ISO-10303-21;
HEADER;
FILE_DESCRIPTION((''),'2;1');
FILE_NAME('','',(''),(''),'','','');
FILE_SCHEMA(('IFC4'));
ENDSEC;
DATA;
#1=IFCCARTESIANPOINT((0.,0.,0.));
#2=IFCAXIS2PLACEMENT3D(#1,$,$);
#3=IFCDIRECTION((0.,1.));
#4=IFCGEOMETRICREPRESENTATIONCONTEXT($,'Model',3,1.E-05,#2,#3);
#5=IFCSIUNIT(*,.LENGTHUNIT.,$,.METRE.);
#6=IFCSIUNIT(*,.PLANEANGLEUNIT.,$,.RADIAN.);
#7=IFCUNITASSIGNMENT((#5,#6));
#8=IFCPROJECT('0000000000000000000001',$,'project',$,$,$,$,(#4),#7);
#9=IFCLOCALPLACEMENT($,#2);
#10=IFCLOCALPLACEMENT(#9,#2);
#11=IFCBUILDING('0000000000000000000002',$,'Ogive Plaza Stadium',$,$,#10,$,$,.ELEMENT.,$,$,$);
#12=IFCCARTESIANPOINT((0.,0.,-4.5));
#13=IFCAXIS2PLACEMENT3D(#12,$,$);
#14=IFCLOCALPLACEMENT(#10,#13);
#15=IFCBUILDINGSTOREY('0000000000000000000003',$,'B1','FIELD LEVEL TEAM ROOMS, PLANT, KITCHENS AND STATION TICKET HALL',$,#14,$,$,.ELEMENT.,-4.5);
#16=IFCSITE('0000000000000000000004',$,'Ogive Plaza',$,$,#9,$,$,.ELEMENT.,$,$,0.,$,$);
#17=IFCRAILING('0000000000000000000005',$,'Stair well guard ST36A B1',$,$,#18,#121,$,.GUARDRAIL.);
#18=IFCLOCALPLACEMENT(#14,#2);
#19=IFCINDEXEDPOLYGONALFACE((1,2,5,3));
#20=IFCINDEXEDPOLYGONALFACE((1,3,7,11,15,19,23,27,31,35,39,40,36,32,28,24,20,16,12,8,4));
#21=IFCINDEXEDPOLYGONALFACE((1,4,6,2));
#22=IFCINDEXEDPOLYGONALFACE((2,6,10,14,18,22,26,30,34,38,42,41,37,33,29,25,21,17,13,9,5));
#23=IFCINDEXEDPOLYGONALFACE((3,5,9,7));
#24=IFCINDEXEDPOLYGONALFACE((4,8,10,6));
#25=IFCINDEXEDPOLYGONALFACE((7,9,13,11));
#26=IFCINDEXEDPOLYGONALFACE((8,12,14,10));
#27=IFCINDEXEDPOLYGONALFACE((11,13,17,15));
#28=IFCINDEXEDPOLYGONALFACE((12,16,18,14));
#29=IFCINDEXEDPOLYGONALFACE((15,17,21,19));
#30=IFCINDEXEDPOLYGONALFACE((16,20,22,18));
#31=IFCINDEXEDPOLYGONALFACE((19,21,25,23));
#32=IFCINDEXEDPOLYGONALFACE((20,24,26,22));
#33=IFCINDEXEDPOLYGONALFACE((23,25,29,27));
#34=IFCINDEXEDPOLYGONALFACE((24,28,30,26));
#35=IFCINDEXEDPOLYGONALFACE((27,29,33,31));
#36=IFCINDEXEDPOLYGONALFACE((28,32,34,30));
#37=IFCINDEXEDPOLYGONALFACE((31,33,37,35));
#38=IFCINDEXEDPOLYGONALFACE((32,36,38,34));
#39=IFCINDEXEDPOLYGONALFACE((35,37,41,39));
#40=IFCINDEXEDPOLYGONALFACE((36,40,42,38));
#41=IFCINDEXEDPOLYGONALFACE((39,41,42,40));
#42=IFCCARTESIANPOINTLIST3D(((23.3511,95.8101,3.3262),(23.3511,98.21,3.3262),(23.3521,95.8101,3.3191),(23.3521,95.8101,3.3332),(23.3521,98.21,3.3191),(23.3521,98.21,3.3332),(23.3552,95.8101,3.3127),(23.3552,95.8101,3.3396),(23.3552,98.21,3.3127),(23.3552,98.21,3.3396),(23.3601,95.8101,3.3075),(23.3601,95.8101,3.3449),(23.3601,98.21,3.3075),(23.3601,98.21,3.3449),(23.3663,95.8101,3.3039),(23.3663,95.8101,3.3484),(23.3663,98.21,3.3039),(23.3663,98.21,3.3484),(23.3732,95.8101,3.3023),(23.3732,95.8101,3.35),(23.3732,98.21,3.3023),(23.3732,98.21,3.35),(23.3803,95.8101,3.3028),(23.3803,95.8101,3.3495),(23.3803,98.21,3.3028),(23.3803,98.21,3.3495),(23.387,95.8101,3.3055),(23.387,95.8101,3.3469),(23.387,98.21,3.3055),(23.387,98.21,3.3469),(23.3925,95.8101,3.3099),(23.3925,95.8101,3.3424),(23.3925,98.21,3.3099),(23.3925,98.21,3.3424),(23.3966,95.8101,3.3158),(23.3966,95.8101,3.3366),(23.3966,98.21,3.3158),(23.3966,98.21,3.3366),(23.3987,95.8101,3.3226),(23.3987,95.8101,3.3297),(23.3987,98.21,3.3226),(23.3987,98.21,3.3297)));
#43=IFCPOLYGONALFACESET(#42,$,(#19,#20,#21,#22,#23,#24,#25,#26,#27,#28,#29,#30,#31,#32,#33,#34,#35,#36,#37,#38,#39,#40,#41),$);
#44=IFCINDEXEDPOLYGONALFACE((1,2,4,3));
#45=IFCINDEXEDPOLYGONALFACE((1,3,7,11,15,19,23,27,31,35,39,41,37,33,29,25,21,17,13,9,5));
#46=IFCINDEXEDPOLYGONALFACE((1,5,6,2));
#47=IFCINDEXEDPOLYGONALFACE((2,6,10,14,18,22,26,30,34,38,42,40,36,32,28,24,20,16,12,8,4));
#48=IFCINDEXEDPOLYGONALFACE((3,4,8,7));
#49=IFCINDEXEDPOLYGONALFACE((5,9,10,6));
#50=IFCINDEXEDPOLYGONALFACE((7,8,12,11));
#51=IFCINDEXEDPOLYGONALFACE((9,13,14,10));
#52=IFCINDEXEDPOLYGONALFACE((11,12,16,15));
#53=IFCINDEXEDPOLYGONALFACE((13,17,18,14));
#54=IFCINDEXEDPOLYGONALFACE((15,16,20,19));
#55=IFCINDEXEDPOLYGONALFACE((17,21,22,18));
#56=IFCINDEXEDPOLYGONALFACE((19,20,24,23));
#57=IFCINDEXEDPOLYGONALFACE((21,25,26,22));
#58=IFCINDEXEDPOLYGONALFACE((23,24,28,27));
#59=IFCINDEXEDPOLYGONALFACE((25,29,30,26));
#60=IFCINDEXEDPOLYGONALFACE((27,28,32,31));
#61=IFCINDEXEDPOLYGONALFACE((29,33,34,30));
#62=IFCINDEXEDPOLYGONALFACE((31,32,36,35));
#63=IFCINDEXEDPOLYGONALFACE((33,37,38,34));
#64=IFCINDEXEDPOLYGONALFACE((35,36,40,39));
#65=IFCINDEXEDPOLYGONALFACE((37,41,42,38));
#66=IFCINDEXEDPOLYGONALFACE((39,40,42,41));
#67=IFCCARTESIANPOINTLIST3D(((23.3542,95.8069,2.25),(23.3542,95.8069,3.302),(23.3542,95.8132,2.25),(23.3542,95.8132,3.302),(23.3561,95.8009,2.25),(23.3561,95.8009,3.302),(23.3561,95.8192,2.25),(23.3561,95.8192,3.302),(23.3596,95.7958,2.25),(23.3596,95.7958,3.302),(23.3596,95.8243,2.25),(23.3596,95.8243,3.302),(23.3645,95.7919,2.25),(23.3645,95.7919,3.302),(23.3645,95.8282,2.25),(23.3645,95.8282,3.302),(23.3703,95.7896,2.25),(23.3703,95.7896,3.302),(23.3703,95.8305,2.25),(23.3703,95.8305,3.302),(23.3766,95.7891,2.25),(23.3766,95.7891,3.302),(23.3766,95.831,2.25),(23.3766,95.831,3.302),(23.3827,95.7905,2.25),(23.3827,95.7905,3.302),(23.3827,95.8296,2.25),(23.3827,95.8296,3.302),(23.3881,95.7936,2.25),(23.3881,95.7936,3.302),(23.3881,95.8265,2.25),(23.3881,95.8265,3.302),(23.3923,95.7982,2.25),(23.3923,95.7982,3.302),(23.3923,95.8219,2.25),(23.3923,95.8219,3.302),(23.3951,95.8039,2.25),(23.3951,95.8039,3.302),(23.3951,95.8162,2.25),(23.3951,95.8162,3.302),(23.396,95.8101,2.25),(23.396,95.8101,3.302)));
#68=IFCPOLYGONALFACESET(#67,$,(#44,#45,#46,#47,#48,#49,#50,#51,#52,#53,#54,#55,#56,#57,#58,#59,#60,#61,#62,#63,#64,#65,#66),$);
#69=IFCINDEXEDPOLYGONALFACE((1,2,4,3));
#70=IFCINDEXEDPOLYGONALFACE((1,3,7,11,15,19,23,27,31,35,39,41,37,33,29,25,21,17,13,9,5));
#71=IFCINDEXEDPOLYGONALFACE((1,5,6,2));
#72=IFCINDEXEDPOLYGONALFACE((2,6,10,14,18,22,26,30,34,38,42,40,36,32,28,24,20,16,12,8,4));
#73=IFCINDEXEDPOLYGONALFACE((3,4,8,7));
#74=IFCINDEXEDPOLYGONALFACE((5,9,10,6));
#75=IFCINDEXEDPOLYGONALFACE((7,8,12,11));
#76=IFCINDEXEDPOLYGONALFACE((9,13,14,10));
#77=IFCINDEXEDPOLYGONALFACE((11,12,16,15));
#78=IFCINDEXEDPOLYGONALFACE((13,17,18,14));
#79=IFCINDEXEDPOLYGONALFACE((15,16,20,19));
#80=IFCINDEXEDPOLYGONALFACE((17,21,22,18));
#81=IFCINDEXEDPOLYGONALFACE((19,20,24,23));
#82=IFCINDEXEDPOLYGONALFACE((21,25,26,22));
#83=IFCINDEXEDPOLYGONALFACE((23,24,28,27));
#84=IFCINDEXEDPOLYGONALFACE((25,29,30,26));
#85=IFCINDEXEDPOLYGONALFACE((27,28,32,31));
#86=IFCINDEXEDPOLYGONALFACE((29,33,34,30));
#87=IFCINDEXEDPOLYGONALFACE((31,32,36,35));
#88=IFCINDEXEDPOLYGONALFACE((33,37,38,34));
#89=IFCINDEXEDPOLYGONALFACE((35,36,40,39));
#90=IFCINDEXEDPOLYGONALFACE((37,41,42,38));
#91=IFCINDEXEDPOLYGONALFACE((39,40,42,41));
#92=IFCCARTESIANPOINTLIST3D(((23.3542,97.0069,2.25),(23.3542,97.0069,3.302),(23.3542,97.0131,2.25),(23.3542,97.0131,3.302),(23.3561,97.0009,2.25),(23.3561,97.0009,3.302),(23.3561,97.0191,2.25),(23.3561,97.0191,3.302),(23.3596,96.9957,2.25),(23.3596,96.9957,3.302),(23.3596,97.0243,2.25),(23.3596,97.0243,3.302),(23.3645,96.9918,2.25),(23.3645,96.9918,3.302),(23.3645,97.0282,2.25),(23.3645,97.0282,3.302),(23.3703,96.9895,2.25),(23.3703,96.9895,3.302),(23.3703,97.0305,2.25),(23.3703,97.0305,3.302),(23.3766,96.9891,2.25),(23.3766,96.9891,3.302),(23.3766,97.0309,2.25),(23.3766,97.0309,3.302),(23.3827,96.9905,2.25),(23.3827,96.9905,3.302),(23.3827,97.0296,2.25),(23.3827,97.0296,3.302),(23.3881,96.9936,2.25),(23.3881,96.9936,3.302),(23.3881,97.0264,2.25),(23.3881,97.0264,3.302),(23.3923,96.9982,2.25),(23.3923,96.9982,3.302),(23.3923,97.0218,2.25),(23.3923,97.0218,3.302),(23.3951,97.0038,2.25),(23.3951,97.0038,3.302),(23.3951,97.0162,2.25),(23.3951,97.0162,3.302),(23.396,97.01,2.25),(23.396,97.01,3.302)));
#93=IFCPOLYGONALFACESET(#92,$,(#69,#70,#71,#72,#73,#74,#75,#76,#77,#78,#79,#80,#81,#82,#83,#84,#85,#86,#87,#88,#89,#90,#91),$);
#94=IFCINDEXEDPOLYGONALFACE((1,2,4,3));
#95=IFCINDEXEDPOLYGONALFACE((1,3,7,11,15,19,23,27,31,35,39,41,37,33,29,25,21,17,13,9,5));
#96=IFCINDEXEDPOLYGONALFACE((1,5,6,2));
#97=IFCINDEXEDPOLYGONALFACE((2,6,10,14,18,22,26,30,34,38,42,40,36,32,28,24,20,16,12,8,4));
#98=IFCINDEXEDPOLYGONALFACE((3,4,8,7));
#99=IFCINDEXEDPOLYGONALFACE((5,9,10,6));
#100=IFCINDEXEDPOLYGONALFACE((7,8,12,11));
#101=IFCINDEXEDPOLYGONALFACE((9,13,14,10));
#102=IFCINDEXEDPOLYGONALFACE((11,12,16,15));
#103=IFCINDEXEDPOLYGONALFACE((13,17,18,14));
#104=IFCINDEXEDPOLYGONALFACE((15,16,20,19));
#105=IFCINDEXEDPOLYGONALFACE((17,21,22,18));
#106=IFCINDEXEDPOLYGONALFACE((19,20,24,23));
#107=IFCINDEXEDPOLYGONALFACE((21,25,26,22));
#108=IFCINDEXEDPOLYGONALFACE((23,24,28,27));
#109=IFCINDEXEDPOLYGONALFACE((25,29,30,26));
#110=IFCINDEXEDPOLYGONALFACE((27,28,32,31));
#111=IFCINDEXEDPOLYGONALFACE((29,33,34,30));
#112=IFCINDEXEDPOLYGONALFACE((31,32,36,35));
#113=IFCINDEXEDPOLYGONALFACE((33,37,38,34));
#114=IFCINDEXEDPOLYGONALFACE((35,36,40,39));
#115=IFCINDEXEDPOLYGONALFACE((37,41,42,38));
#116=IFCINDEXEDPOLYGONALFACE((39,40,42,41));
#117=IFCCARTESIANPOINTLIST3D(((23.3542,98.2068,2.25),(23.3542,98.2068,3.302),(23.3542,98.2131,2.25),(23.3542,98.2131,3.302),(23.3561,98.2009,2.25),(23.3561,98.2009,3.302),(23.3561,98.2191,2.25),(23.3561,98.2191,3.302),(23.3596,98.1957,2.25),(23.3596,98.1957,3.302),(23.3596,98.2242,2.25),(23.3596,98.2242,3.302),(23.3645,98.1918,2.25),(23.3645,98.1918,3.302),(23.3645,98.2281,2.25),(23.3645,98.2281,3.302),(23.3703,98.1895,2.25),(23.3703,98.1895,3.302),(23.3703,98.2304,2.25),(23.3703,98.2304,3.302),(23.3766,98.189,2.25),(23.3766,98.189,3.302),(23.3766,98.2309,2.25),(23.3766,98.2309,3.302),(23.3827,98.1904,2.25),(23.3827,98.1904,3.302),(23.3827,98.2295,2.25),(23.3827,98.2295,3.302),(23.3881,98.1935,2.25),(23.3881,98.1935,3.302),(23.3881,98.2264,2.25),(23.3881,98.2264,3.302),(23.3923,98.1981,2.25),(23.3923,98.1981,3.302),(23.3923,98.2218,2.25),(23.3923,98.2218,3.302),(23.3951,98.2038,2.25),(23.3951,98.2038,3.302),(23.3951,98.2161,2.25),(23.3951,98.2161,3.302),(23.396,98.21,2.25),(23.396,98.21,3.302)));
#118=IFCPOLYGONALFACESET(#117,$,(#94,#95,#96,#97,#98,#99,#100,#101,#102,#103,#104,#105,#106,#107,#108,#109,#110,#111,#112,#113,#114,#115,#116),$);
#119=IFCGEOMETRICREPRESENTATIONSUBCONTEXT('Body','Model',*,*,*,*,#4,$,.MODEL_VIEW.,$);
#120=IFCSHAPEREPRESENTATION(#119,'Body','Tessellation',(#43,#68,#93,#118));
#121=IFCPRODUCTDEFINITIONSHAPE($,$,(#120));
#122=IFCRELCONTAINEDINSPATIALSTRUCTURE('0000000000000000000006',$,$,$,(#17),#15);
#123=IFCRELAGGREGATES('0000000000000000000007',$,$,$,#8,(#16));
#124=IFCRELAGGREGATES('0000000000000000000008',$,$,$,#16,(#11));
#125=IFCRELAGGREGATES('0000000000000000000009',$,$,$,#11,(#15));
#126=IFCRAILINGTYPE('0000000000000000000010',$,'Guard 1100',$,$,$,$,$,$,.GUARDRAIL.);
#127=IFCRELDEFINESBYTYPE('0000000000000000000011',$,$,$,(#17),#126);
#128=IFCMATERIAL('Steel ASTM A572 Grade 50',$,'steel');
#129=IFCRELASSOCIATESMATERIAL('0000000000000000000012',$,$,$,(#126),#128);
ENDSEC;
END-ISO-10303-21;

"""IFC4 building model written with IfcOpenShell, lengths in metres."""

from ifc_helpers import new_model, si_unit, direction, frame, origin, origin_2d, place, context, subcontext, project, spatial, circle, extrude, material, type_object, element, save


model = new_model("IFC4")

# Units and contexts
model_context = context("Model", 3, precision=1e-05, world=origin(), true_north=direction((0.0, 1.0)))
body_context = subcontext(model_context, "Body", "Model", "MODEL_VIEW")
ifc_project = project(units=[si_unit("LENGTHUNIT", "METRE"), si_unit("PLANEANGLEUNIT", "RADIAN")], contexts=[model_context])

# Site, building, storey
site_placement = place(None, origin())
site = spatial("IfcSite", under=ifc_project, at=site_placement, Name="Ogive Plaza", CompositionType="ELEMENT", RefElevation=0.0)
building_placement = place(site_placement, origin())
building = spatial("IfcBuilding", under=site, at=building_placement, Name="Ogive Plaza Stadium", CompositionType="ELEMENT")
storey_placement = place(building_placement, frame((0.0, 0.0, -4.5)))
storey = spatial("IfcBuildingStorey", under=building, at=storey_placement, Name="B1", Description="FIELD LEVEL TEAM ROOMS, PLANT, KITCHENS AND STATION TICKET HALL", CompositionType="ELEMENT", Elevation=-4.5)

# Railing
ifc_material_1 = material(Name="Steel ASTM A572 Grade 50", Category="steel")
railing_type_1 = type_object("IfcRailingType", Name="Guard 1100", PredefinedType="GUARDRAIL", material=ifc_material_1)
railing_1_placement = place(storey_placement, frame((23.375, 95.8101, 2.25)))
element("IfcRailing", 1, at=railing_1_placement, inside=storey, type_object=railing_type_1, Name="Stair well guard ST36A B1", PredefinedType="GUARDRAIL", context=body_context, shape_type="SweptSolid", body=[
    extrude(circle(Radius=0.0239, at=origin_2d()), frame((0.0, 0.0, 1.0762), z_axis=(0.0, 1.0, 0.0), x_axis=(-1.0, 0.0, 0.0)), (0.0, 0.0, 1.0), 2.3999),
    extrude(circle(Radius=0.021, at=origin_2d()), origin(), (0.0, 0.0, 1.0), 1.052),
    extrude(circle(Radius=0.021, at=origin_2d()), frame((0.0, 1.2, 0.0)), (0.0, 0.0, 1.0), 1.052),
    extrude(circle(Radius=0.021, at=origin_2d()), frame((0.0, 2.3999, 0.0)), (0.0, 0.0, 1.0), 1.052),
])

save(model, "model.ifc")
